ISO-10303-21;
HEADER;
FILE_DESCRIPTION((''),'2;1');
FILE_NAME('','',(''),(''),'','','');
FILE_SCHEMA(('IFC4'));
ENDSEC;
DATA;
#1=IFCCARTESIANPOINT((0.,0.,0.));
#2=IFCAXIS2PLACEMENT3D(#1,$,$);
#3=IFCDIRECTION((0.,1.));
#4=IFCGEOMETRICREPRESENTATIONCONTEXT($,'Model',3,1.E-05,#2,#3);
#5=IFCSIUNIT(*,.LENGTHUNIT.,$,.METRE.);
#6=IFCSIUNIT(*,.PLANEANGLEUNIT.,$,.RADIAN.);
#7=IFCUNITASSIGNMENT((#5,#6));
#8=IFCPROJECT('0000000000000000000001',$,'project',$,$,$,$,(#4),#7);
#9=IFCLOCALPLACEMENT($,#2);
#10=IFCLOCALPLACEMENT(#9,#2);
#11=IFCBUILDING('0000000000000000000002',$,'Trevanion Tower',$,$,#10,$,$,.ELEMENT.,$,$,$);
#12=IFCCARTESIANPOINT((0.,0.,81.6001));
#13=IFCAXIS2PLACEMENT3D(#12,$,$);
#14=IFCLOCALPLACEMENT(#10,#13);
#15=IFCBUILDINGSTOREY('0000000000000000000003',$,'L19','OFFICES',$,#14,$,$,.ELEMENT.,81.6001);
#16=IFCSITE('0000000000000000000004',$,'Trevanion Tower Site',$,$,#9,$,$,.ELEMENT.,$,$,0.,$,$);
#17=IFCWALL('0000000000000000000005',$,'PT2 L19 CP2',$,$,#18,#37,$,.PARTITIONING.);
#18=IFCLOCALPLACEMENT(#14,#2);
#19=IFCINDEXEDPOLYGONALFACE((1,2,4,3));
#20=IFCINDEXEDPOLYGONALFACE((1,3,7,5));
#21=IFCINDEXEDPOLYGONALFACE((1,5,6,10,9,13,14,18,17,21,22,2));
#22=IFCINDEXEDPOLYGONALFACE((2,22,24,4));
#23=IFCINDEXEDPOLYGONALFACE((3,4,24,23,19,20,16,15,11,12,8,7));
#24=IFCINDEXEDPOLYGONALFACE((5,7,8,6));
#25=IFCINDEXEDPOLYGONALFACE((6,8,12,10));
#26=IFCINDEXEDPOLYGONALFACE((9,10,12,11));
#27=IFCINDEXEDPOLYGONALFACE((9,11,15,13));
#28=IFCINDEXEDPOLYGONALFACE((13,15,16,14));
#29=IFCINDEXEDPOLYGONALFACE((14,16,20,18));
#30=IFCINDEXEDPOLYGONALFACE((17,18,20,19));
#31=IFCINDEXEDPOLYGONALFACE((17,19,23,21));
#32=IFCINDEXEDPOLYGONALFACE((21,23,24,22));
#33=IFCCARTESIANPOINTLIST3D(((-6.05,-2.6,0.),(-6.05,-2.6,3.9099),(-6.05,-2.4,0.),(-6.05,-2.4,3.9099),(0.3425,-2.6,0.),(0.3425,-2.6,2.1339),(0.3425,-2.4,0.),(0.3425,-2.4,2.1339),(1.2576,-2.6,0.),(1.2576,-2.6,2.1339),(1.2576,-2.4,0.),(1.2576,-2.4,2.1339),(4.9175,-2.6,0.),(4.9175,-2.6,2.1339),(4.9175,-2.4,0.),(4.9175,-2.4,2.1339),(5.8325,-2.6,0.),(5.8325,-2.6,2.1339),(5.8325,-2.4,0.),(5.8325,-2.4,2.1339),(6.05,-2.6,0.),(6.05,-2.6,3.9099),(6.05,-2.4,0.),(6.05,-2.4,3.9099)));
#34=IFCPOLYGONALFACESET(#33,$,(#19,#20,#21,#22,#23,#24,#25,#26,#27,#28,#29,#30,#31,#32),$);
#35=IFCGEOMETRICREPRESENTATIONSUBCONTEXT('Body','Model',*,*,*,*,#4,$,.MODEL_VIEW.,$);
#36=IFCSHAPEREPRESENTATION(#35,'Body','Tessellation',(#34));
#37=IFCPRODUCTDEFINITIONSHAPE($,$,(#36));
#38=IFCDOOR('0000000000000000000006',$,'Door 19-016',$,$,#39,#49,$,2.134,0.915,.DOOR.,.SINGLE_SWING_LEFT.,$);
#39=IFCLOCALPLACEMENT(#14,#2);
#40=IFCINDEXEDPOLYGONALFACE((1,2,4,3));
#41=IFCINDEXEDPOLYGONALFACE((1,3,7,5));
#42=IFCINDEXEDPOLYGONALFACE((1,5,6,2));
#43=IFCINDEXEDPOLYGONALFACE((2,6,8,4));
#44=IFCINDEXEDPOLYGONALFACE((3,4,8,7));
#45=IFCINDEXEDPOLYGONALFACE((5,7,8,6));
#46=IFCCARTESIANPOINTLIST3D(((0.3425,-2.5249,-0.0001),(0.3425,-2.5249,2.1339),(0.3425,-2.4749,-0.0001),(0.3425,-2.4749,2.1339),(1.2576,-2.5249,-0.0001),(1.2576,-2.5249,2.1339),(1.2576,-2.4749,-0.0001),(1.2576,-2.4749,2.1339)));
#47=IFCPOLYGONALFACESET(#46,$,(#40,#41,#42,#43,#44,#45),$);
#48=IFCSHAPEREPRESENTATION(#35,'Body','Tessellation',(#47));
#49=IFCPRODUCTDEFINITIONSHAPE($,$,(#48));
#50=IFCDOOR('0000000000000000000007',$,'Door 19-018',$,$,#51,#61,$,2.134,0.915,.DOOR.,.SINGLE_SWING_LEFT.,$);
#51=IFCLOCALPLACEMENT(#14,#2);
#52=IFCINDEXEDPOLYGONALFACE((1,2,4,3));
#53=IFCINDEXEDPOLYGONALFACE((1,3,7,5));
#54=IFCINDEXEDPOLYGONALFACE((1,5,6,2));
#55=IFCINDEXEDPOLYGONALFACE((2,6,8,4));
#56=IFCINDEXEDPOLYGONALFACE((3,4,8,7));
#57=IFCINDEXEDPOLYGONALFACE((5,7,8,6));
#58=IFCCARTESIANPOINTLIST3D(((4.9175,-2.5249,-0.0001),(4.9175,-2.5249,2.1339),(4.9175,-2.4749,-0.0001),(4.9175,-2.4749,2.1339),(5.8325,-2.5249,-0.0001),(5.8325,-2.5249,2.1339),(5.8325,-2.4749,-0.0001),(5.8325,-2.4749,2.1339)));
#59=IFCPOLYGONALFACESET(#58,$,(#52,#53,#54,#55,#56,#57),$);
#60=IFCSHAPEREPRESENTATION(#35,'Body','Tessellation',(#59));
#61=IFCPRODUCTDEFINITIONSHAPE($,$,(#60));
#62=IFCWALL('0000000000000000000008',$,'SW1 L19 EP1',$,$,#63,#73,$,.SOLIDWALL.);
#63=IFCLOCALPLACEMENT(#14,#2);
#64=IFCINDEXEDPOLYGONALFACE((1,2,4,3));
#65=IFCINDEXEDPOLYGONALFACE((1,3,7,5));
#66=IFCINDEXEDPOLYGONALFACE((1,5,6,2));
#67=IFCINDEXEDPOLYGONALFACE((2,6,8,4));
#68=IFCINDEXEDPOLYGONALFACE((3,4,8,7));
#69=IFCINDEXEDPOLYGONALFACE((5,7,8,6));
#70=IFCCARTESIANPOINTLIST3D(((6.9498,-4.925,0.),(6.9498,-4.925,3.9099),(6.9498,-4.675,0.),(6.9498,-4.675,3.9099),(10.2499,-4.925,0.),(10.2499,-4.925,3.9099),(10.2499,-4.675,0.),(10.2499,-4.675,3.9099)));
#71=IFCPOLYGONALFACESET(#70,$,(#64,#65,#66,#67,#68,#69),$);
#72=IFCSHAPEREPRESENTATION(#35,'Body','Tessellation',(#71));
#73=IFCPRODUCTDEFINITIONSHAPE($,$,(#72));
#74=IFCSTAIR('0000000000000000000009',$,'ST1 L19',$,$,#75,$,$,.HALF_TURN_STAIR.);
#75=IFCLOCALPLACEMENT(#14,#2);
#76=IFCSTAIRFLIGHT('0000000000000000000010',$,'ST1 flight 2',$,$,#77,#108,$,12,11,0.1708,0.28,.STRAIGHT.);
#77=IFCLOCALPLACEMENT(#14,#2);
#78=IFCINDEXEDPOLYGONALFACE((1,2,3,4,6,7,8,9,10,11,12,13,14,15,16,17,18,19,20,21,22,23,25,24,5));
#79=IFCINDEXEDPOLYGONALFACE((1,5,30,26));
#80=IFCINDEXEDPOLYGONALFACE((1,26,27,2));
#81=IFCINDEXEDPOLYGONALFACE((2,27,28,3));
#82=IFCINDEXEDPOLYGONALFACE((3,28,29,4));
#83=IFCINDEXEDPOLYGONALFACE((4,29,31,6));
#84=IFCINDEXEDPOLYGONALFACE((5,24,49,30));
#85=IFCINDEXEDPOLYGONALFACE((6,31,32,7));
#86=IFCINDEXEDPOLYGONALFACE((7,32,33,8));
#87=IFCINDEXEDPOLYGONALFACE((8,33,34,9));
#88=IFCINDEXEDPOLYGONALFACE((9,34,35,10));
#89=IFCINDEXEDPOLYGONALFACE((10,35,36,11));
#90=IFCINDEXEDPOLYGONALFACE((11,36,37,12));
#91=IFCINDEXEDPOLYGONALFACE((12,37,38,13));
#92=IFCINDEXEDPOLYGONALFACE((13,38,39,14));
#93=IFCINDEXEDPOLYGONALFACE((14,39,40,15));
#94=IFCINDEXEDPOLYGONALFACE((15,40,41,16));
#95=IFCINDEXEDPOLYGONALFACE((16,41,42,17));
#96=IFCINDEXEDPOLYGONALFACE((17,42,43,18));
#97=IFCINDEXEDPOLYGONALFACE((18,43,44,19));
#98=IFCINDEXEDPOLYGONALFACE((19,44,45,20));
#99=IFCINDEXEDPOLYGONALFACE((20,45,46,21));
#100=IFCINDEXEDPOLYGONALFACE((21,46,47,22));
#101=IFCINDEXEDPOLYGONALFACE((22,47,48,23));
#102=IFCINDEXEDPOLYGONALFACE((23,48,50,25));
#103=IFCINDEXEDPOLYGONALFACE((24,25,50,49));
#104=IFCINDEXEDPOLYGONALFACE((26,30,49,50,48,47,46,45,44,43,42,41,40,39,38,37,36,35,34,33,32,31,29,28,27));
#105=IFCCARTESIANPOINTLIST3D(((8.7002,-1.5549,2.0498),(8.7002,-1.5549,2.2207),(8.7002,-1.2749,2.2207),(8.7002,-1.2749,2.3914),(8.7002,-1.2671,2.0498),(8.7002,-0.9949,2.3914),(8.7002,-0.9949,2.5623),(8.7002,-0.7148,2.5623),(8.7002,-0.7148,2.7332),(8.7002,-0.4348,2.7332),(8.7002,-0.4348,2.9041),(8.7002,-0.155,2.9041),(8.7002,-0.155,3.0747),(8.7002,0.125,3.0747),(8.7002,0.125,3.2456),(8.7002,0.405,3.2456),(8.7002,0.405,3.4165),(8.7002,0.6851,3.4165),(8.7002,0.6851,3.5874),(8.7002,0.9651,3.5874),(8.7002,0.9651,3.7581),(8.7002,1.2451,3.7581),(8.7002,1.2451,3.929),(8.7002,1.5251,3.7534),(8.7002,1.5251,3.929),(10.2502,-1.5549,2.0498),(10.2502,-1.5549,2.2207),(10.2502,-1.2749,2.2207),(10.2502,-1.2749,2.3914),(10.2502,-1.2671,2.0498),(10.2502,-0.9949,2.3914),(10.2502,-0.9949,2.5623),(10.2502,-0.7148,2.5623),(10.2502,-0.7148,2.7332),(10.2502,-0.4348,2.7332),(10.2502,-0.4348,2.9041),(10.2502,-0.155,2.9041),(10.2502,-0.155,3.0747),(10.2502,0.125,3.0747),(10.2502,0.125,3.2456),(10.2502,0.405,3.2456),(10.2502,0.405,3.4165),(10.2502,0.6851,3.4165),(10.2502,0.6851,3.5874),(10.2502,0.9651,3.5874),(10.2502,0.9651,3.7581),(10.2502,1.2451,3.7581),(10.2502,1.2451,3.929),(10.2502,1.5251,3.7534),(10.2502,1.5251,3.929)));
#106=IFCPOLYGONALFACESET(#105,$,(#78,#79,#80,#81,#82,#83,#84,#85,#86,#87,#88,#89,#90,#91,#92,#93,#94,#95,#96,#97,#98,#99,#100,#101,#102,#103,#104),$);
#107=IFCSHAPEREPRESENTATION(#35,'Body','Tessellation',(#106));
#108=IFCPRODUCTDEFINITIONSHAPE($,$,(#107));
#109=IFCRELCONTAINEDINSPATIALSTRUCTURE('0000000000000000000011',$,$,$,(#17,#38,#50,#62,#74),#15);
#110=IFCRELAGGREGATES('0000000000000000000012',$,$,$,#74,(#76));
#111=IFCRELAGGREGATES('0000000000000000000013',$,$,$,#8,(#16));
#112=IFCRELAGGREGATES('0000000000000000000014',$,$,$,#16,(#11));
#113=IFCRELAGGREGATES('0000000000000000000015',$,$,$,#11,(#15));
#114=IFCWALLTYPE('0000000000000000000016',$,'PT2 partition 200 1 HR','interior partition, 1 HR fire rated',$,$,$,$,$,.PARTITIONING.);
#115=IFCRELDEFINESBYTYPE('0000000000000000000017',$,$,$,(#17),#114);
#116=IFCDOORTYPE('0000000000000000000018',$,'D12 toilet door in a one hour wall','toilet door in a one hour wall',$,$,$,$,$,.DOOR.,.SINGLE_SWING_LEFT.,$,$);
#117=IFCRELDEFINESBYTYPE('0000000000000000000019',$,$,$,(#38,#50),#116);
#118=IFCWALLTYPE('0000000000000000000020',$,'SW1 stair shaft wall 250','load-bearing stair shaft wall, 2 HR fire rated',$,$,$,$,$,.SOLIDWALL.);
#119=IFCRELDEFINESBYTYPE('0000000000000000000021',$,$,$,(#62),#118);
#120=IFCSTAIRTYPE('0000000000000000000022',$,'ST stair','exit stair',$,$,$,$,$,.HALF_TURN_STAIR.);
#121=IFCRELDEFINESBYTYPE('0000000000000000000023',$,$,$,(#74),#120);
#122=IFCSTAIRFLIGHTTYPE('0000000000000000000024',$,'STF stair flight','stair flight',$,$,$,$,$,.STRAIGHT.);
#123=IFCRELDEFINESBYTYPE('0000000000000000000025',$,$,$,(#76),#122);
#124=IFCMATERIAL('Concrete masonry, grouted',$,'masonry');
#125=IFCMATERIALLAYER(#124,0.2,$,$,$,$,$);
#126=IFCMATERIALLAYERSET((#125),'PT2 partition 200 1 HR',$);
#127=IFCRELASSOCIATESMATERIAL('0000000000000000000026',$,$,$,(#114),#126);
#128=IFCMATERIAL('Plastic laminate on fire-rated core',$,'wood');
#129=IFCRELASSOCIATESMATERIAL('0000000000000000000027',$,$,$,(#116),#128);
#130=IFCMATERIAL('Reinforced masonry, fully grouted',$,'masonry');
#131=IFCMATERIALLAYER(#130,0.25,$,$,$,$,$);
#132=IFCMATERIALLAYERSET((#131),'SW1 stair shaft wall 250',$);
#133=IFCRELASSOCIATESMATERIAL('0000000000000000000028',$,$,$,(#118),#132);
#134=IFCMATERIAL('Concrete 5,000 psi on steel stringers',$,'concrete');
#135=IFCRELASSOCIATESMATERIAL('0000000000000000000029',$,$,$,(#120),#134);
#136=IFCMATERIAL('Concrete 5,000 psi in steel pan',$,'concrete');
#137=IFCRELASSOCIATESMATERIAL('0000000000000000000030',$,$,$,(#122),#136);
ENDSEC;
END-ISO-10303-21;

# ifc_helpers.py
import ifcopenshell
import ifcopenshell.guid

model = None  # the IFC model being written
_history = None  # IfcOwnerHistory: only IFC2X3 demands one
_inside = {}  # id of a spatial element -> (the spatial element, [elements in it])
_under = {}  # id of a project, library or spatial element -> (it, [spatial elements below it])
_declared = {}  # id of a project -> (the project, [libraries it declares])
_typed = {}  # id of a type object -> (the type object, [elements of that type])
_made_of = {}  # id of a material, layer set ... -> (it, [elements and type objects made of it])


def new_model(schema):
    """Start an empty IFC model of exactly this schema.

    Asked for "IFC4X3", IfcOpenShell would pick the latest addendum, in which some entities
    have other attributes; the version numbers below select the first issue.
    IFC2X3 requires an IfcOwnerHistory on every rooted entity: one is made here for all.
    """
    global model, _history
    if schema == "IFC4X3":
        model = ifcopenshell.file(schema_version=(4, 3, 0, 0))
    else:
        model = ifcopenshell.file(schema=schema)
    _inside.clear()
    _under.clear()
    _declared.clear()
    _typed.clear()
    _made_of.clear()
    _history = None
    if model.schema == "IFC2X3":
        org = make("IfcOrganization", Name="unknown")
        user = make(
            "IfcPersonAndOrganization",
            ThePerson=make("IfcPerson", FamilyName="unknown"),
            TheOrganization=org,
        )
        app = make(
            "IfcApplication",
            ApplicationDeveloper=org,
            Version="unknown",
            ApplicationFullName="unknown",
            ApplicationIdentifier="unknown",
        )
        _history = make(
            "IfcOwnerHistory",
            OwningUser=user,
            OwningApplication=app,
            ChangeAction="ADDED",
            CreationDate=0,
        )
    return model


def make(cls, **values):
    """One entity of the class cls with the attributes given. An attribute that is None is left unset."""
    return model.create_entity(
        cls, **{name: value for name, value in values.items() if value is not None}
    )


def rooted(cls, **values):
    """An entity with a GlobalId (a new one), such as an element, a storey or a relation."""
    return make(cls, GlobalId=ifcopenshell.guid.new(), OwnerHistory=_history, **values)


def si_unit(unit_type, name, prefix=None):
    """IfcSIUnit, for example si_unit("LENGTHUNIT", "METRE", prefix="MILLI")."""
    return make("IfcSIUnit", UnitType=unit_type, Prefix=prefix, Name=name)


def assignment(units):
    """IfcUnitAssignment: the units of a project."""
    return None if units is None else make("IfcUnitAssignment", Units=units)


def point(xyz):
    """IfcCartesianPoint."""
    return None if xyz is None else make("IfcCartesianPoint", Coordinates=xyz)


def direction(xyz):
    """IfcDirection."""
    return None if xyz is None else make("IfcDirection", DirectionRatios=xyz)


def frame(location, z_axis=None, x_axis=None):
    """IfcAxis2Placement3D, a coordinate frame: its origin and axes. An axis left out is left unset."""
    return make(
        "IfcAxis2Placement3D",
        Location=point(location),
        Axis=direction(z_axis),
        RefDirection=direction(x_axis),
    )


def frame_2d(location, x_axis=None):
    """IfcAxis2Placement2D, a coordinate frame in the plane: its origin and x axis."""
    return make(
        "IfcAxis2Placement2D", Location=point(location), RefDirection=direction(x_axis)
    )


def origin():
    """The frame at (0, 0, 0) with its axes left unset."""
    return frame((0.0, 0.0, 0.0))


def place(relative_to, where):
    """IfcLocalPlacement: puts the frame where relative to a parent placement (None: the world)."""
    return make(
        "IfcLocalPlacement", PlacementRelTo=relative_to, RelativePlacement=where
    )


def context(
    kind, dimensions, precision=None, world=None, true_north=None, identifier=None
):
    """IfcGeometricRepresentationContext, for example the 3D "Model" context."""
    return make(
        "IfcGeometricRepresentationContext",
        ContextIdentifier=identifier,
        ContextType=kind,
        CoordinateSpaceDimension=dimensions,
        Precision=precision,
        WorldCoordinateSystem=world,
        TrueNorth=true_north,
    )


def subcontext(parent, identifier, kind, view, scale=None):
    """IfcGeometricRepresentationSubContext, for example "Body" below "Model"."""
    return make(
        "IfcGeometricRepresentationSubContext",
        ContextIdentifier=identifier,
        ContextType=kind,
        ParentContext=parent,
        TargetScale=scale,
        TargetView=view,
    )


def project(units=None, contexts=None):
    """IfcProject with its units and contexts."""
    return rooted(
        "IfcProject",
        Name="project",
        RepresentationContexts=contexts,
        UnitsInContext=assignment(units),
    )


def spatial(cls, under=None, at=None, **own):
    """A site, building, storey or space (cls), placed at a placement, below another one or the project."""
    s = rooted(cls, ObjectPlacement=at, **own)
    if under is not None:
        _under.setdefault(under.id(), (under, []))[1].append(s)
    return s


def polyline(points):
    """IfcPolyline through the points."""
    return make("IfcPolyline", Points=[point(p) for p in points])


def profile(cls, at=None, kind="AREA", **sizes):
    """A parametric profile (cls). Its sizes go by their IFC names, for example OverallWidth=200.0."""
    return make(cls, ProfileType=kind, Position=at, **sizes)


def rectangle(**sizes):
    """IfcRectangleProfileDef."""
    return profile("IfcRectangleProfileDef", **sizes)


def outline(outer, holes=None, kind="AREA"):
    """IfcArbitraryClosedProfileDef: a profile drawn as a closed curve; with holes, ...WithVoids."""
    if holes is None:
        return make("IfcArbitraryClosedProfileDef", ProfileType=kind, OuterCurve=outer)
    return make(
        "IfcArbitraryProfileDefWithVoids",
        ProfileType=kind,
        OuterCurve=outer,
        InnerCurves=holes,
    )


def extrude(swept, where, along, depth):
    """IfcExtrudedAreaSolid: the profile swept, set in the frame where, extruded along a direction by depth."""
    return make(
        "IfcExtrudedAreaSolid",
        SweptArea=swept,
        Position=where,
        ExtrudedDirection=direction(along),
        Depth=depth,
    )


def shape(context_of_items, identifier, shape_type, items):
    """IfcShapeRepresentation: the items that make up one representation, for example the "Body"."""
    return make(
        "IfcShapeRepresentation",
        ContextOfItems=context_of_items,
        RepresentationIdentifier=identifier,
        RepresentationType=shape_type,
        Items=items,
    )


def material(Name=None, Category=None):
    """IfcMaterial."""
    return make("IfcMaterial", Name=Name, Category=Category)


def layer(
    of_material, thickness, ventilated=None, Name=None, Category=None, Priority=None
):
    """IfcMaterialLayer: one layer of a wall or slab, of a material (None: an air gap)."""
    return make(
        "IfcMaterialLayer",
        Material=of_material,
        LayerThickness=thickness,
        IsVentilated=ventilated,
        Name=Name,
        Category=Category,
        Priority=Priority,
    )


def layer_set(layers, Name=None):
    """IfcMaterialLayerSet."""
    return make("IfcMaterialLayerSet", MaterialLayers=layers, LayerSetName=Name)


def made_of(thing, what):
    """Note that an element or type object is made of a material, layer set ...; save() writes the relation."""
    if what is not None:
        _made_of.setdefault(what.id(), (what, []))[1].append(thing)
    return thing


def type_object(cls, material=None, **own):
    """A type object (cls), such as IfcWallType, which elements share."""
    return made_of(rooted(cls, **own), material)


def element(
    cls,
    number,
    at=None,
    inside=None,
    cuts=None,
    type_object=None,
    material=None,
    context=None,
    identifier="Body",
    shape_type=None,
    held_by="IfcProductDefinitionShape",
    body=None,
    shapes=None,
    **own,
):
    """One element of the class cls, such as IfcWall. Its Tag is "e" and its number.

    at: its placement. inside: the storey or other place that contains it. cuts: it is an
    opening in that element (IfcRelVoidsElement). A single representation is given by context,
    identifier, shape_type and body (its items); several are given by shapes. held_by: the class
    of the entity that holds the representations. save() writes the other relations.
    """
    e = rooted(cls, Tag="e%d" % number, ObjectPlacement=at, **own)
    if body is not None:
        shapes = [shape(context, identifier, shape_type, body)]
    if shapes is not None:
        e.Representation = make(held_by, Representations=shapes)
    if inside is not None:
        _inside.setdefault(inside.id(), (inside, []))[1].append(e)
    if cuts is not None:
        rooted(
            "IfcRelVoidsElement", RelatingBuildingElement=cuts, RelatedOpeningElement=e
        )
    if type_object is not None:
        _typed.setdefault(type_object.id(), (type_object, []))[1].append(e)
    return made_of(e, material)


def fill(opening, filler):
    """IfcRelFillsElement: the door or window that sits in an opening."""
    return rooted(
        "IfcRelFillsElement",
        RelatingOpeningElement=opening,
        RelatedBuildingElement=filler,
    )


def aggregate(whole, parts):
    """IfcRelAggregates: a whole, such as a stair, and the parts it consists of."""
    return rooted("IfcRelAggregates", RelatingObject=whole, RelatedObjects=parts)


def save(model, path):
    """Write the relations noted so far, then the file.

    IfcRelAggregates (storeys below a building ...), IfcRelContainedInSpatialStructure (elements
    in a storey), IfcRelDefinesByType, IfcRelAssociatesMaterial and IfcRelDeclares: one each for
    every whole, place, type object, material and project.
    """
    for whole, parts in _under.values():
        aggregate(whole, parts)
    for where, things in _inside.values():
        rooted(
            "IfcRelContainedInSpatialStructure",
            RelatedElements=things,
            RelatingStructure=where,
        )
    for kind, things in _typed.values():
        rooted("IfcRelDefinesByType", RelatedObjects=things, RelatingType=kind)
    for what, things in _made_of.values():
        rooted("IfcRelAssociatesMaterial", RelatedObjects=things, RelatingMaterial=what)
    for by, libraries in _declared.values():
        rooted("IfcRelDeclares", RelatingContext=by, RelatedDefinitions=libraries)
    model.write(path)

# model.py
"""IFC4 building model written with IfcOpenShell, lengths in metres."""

from ifc_helpers import new_model, si_unit, direction, frame, frame_2d, origin, place, context, subcontext, project, spatial, polyline, rectangle, outline, extrude, material, layer, layer_set, type_object, element, fill, aggregate, save


model = new_model("IFC4")

# Units and contexts
model_context = context("Model", 3, precision=1e-05, world=origin(), true_north=direction((0.0, 1.0)))
body_context = subcontext(model_context, "Body", "Model", "MODEL_VIEW")
ifc_project = project(units=[si_unit("LENGTHUNIT", "METRE"), si_unit("PLANEANGLEUNIT", "RADIAN")], contexts=[model_context])

# Site, building, storey
site_placement = place(None, origin())
site = spatial("IfcSite", under=ifc_project, at=site_placement, Name="Trevanion Tower Site", CompositionType="ELEMENT", RefElevation=0.0)
building_placement = place(site_placement, origin())
building = spatial("IfcBuilding", under=site, at=building_placement, Name="Trevanion Tower", CompositionType="ELEMENT")
storey_placement = place(building_placement, frame((0.0, 0.0, 81.6001)))
storey = spatial("IfcBuildingStorey", under=building, at=storey_placement, Name="L19", Description="OFFICES", CompositionType="ELEMENT", Elevation=81.6001)

# Wall, openings, doors
ifc_material_1 = material(Name="Concrete masonry, grouted", Category="masonry")
ifc_layer_1 = layer(ifc_material_1, 0.2)
ifc_layer_set_1 = layer_set([ifc_layer_1], Name="PT2 partition 200 1 HR")
wall_type_1 = type_object("IfcWallType", Name="PT2 partition 200 1 HR", Description="interior partition, 1 HR fire rated", PredefinedType="PARTITIONING", material=ifc_layer_set_1)
wall_1_placement = place(storey_placement, frame((6.05, -2.5, 0.0), z_axis=(0.0, 0.0, 1.0), x_axis=(-1.0, 0.0, 0.0)))
wall_1 = element("IfcWall", 1, at=wall_1_placement, inside=storey, type_object=wall_type_1, Name="PT2 L19 CP2", PredefinedType="PARTITIONING", context=body_context, shape_type="SweptSolid", body=[
    extrude(rectangle(XDim=12.1001, YDim=0.2, at=frame_2d((6.05, 0.0))), origin(), (0.0, 0.0, 1.0), 3.9099),
])
opening_1_placement = place(wall_1_placement, frame((4.7925, 0.0, 0.0)))
opening_1 = element("IfcOpeningElement", 2, at=opening_1_placement, cuts=wall_1, PredefinedType="OPENING", context=body_context, shape_type="SweptSolid", body=[
    extrude(rectangle(XDim=0.915, YDim=2.134, at=frame_2d((0.4575, 1.0669))), frame((0.0, 0.1099, 0.0), z_axis=(0.0, -1.0, 0.0), x_axis=(1.0, 0.0, 0.0)), (0.0, 0.0, 1.0), 0.22),
])
opening_2_placement = place(wall_1_placement, frame((0.2175, 0.0, 0.0)))
opening_2 = element("IfcOpeningElement", 3, at=opening_2_placement, cuts=wall_1, PredefinedType="OPENING", context=body_context, shape_type="SweptSolid", body=[
    extrude(rectangle(XDim=0.915, YDim=2.134, at=frame_2d((0.4575, 1.0669))), frame((0.0, 0.1099, 0.0), z_axis=(0.0, -1.0, 0.0), x_axis=(1.0, 0.0, 0.0)), (0.0, 0.0, 1.0), 0.22),
])
ifc_material_2 = material(Name="Plastic laminate on fire-rated core", Category="wood")
door_type_1 = type_object("IfcDoorType", Name="D12 toilet door in a one hour wall", Description="toilet door in a one hour wall", OperationType="SINGLE_SWING_LEFT", PredefinedType="DOOR", material=ifc_material_2)
door_1_placement = place(opening_1_placement, origin())
door_1 = element("IfcDoor", 4, at=door_1_placement, inside=storey, type_object=door_type_1, Name="Door 19-016", OperationType="SINGLE_SWING_LEFT", OverallHeight=2.134, OverallWidth=0.915, PredefinedType="DOOR", context=body_context, shape_type="SweptSolid", body=[
    extrude(rectangle(XDim=0.915, YDim=2.134, at=frame_2d((0.4575, 1.0669))), frame((0.0, 0.0249, 0.0), z_axis=(0.0, -1.0, 0.0), x_axis=(1.0, 0.0, 0.0)), (0.0, 0.0, 1.0), 0.05),
])
fill(opening_1, door_1)
door_2_placement = place(opening_2_placement, origin())
door_2 = element("IfcDoor", 5, at=door_2_placement, inside=storey, type_object=door_type_1, Name="Door 19-018", OperationType="SINGLE_SWING_LEFT", OverallHeight=2.134, OverallWidth=0.915, PredefinedType="DOOR", context=body_context, shape_type="SweptSolid", body=[
    extrude(rectangle(XDim=0.915, YDim=2.134, at=frame_2d((0.4575, 1.0669))), frame((0.0, 0.0249, 0.0), z_axis=(0.0, -1.0, 0.0), x_axis=(1.0, 0.0, 0.0)), (0.0, 0.0, 1.0), 0.05),
])
fill(opening_2, door_2)

# Wall
ifc_material_3 = material(Name="Reinforced masonry, fully grouted", Category="masonry")
ifc_layer_2 = layer(ifc_material_3, 0.25)
ifc_layer_set_2 = layer_set([ifc_layer_2], Name="SW1 stair shaft wall 250")
wall_type_2 = type_object("IfcWallType", Name="SW1 stair shaft wall 250", Description="load-bearing stair shaft wall, 2 HR fire rated", PredefinedType="SOLIDWALL", material=ifc_layer_set_2)
wall_2_placement = place(storey_placement, frame((6.95, -4.8, 0.0), z_axis=(0.0, 0.0, 1.0), x_axis=(1.0, 0.0, 0.0)))
element("IfcWall", 6, at=wall_2_placement, inside=storey, type_object=wall_type_2, Name="SW1 L19 EP1", PredefinedType="SOLIDWALL", context=body_context, shape_type="SweptSolid", body=[
    extrude(rectangle(XDim=3.3, YDim=0.25, at=frame_2d((1.6499, 0.0))), origin(), (0.0, 0.0, 1.0), 3.9099),
])

# Stair, stair flight
ifc_material_4 = material(Name="Concrete 5,000 psi on steel stringers", Category="concrete")
stair_type = type_object("IfcStairType", Name="ST stair", Description="exit stair", PredefinedType="HALF_TURN_STAIR", material=ifc_material_4)
stair_placement = place(storey_placement, origin())
stair = element("IfcStair", 7, at=stair_placement, inside=storey, type_object=stair_type, Name="ST1 L19", PredefinedType="HALF_TURN_STAIR")
ifc_material_5 = material(Name="Concrete 5,000 psi in steel pan", Category="concrete")
stair_flight_type = type_object("IfcStairFlightType", Name="STF stair flight", Description="stair flight", PredefinedType="STRAIGHT", material=ifc_material_5)
stair_flight_placement = place(storey_placement, frame((9.4751, -1.5549, 2.0498), z_axis=(0.0, 0.0, 1.0), x_axis=(0.0, 1.0, 0.0)))
stair_flight = element("IfcStairFlight", 8, at=stair_flight_placement, type_object=stair_flight_type, Name="ST1 flight 2", NumberOfRisers=12, NumberOfTreads=11, PredefinedType="STRAIGHT", RiserHeight=0.1708, TreadLength=0.28, context=body_context, shape_type="SweptSolid", body=[
    extrude(outline(polyline([(0.0, 0.0), (0.0, 0.1709), (0.28, 0.1709), (0.28, 0.3416), (0.5601, 0.3416), (0.5601, 0.5125), (0.8401, 0.5125), (0.8401, 0.6833), (1.1201, 0.6833), (1.1201, 0.8542), (1.3999, 0.8542), (1.3999, 1.0249), (1.6799, 1.0249), (1.6799, 1.1958), (1.96, 1.1958), (1.96, 1.3667), (2.24, 1.3667), (2.24, 1.5376), (2.52, 1.5376), (2.52, 1.7083), (2.8, 1.7083), (2.8, 1.8792), (3.0801, 1.8792), (3.0801, 2.05), (3.0801, 1.7036), (0.2878, 0.0), (0.0, 0.0)])), frame((0.0, 0.7749, 0.0), z_axis=(0.0, -1.0, 0.0), x_axis=(1.0, 0.0, 0.0)), (0.0, 0.0, 1.0), 1.55),
])
aggregate(stair, [stair_flight])

save(model, "model.ifc")
